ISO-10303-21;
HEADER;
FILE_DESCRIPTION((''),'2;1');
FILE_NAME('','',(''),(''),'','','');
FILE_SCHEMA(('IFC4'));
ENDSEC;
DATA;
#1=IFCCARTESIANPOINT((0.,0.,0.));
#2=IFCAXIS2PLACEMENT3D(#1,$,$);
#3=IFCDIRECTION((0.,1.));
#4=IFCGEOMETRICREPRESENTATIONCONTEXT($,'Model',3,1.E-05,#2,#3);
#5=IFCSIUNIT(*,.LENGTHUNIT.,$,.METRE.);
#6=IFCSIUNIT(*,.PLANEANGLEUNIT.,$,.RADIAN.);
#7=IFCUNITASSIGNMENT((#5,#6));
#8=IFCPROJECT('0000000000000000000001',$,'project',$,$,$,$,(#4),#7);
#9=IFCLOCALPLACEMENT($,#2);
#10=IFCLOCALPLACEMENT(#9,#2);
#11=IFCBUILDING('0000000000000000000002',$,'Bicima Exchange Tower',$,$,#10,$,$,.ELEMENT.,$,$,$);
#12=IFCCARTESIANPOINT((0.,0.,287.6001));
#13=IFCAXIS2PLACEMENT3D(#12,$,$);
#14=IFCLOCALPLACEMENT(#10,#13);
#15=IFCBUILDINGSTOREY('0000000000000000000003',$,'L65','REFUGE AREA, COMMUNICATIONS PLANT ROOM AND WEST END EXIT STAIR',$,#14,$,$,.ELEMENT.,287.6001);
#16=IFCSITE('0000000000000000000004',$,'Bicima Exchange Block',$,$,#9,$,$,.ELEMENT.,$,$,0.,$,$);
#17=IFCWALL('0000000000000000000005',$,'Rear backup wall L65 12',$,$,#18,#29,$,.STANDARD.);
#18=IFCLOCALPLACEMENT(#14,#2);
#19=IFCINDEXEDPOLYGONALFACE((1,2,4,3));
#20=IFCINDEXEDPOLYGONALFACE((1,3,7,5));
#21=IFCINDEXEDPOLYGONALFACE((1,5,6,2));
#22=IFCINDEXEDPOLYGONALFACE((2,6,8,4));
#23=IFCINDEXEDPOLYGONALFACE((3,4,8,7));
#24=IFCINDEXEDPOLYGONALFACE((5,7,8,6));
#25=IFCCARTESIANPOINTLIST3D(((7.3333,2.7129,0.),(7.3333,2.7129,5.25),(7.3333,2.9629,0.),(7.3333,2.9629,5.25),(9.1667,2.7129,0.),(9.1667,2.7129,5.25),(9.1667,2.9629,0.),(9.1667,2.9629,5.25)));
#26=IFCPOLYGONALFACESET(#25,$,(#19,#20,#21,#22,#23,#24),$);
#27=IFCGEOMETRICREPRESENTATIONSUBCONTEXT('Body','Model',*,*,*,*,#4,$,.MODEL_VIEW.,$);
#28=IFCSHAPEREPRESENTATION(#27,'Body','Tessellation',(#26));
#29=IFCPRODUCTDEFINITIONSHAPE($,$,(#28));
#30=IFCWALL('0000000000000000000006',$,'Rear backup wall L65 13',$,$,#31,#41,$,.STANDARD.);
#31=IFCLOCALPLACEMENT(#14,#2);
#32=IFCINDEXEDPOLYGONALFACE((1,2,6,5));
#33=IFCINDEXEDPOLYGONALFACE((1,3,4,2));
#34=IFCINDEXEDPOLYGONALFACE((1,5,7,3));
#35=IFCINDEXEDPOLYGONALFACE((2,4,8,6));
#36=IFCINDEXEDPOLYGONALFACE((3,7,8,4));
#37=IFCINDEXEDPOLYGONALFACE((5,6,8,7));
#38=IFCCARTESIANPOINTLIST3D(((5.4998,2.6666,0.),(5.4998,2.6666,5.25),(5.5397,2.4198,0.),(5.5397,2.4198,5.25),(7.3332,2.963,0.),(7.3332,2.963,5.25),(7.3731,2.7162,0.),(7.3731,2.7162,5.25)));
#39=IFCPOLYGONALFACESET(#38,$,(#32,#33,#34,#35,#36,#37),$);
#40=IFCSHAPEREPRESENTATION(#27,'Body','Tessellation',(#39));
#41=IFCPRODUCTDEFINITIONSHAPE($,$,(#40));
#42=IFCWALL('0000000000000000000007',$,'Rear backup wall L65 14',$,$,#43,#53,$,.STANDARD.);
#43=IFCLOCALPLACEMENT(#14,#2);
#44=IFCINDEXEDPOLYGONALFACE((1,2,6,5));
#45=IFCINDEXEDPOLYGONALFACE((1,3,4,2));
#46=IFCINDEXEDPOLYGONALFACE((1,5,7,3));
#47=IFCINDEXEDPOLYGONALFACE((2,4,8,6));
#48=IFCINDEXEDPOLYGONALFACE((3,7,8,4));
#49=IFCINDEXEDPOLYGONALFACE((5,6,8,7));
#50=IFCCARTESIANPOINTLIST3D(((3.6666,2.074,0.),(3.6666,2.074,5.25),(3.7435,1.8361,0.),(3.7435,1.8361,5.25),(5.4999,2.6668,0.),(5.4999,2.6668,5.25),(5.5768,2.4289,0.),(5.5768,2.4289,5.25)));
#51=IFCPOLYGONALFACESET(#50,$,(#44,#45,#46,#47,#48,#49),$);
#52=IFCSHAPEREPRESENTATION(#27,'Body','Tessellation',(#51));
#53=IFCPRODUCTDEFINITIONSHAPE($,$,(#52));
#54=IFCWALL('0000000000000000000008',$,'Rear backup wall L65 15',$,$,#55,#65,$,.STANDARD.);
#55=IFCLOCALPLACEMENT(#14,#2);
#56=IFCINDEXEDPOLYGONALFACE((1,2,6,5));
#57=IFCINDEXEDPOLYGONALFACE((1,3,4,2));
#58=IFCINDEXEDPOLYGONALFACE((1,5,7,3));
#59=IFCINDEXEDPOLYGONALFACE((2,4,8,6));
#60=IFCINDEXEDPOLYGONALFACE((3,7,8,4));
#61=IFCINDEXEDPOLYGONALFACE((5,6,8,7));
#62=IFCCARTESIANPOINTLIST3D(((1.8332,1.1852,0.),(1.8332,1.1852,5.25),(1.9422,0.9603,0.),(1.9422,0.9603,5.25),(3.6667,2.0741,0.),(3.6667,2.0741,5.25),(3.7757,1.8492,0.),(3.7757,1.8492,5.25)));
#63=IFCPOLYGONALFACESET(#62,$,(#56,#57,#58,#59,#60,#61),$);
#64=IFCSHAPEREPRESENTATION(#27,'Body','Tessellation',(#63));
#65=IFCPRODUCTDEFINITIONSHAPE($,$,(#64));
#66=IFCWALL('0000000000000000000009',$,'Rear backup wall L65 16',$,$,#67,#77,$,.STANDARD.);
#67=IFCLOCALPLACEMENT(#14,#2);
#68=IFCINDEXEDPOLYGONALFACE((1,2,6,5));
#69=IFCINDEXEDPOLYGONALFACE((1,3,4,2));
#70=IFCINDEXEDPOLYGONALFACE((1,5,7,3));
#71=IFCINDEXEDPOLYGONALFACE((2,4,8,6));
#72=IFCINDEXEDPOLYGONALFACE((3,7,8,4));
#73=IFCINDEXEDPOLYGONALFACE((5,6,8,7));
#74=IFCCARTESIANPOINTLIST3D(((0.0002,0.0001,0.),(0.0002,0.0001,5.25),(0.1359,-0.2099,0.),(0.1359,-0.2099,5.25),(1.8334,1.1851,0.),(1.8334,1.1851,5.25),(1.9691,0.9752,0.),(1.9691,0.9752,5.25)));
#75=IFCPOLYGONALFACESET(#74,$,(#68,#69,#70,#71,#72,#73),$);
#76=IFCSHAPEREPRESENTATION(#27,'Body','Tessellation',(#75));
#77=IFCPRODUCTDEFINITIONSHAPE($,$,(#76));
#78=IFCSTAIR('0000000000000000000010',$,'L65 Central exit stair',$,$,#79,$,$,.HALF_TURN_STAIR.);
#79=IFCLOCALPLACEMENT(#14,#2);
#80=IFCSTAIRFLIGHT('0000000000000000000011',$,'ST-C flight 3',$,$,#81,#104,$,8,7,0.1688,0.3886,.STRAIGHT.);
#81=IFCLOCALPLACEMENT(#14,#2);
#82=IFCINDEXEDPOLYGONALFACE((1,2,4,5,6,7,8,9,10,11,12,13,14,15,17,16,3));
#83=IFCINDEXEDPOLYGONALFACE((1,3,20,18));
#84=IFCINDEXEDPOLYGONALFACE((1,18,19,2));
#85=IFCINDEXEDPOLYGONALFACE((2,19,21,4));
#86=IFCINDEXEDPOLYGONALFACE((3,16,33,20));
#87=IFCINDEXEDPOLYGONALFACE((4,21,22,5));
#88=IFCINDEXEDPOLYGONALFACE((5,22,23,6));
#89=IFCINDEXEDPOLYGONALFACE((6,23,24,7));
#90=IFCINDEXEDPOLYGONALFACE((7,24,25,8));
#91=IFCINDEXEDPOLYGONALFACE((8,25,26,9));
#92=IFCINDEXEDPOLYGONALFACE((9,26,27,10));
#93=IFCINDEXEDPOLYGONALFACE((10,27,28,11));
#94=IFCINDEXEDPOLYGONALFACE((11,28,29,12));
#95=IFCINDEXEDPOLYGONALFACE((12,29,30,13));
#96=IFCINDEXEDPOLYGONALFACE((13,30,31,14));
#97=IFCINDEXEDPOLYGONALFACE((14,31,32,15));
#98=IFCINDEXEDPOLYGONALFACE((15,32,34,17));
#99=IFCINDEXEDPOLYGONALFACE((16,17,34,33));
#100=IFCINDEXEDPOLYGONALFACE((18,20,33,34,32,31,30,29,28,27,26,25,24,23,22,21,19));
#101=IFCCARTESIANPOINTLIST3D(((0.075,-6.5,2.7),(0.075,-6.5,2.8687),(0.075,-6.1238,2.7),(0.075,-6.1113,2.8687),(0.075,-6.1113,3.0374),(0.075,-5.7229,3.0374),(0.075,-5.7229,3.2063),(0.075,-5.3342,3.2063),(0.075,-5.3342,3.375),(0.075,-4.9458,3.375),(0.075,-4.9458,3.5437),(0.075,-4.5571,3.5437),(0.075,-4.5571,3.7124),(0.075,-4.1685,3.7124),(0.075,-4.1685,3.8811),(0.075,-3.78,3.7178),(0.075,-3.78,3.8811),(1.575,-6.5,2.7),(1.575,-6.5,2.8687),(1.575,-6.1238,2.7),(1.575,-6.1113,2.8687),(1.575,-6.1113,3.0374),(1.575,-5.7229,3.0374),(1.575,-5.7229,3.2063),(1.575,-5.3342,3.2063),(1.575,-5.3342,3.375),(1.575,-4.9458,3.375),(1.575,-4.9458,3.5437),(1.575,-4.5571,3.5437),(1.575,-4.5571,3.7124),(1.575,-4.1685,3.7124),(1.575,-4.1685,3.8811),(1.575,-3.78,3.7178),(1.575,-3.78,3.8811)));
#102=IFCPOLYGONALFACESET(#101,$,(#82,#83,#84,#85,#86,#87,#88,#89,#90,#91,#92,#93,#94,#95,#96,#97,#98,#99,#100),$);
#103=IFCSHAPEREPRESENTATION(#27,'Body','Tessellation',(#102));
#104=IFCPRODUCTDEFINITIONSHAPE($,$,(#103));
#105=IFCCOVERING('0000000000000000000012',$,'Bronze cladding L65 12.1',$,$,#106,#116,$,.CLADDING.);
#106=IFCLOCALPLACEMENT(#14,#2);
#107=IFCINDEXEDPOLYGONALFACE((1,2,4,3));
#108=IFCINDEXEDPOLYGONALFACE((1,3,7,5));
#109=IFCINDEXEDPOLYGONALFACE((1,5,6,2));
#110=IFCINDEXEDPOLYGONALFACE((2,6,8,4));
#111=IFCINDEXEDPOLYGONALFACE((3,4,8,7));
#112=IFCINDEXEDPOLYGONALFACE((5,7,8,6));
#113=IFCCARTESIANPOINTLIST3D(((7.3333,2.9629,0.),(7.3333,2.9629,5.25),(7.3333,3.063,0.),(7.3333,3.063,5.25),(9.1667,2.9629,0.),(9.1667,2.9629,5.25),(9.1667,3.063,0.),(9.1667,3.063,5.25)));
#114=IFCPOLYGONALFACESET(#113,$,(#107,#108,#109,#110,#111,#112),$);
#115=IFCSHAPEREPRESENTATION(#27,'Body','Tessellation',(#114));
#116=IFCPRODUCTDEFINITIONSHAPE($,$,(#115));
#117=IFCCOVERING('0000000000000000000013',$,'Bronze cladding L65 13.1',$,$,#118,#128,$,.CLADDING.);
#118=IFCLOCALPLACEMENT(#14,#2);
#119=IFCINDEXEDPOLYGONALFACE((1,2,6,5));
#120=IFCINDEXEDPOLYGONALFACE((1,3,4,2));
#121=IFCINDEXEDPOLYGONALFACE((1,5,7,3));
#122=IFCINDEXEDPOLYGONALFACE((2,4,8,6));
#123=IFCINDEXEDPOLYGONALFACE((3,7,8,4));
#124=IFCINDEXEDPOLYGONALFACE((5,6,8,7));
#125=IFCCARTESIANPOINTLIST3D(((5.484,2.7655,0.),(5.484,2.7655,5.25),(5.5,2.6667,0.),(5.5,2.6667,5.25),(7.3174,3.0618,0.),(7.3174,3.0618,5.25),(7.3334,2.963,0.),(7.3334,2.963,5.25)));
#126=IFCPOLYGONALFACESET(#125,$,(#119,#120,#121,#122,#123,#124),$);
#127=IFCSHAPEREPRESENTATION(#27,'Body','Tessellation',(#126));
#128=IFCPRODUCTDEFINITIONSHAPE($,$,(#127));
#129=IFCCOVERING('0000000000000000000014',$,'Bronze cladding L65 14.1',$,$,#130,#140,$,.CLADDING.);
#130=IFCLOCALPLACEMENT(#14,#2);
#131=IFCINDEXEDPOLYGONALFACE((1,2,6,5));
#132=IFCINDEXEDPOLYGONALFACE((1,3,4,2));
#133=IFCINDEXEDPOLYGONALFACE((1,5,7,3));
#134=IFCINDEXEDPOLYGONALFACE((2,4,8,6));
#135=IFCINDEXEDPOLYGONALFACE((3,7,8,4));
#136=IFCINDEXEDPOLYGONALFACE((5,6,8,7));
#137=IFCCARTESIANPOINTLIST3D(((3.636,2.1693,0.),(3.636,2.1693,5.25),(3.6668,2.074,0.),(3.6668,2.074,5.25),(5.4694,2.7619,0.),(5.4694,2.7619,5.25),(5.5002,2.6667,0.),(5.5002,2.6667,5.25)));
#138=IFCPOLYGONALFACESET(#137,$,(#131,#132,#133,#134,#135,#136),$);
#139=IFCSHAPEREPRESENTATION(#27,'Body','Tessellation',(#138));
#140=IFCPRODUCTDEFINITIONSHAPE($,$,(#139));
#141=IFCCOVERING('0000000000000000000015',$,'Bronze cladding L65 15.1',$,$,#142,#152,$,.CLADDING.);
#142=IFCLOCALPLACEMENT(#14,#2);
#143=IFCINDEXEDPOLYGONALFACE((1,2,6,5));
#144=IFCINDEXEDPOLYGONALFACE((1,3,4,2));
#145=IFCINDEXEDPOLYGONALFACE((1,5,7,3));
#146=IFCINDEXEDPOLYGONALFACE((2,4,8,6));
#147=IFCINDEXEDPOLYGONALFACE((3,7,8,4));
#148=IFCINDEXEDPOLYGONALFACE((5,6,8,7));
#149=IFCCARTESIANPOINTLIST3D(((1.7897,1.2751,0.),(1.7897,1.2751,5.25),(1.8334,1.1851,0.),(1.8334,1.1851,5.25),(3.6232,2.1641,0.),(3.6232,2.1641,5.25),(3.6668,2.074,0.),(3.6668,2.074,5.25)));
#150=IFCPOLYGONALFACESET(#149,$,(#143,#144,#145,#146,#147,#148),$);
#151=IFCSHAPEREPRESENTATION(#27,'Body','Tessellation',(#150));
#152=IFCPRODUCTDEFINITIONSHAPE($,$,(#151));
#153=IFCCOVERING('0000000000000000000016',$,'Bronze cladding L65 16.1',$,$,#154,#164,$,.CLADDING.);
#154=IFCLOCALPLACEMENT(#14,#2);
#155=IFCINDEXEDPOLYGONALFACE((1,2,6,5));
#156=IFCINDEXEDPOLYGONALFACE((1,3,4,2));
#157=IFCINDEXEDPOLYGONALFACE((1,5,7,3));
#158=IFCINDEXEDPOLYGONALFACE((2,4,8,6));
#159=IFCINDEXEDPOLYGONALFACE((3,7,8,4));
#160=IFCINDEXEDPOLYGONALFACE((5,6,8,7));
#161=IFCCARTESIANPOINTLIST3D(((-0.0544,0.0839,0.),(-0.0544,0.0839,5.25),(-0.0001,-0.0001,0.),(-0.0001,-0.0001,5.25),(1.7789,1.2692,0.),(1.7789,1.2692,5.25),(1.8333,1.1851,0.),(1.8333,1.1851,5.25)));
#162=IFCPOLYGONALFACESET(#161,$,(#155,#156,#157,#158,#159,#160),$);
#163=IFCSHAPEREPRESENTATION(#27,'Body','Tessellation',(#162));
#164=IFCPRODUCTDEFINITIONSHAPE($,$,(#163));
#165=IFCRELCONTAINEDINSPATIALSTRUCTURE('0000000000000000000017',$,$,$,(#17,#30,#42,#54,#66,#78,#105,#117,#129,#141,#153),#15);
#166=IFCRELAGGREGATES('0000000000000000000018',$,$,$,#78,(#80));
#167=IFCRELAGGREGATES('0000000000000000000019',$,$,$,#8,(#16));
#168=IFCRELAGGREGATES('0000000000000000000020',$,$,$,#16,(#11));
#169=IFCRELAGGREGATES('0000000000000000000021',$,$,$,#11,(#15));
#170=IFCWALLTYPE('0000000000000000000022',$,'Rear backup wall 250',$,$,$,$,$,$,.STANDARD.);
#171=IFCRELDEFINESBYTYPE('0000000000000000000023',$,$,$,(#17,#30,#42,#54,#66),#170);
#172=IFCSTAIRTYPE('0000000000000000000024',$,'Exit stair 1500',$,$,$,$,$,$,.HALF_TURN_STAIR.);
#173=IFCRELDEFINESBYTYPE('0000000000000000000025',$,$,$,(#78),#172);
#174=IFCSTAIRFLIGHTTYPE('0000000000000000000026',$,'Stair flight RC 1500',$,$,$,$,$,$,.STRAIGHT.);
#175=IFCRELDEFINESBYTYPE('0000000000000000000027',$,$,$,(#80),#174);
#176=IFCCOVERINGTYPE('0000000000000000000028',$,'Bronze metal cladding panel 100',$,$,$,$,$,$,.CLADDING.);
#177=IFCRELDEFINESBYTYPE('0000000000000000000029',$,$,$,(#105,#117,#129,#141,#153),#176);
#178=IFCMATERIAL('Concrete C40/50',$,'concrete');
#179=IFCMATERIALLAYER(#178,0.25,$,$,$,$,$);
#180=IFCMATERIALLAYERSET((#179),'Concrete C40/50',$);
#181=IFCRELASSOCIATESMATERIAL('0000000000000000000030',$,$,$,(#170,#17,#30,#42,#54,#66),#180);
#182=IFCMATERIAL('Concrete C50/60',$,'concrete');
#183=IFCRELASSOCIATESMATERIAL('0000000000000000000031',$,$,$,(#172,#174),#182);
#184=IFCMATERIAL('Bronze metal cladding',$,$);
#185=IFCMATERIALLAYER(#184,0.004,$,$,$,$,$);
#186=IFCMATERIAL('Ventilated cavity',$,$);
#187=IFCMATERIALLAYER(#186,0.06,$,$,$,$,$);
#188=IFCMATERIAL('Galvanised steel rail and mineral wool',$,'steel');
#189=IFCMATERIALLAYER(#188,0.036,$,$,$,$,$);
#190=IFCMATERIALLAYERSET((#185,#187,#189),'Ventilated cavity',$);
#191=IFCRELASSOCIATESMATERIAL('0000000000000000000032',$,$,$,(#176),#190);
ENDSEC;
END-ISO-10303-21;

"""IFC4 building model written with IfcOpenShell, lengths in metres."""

from ifc_helpers import new_model, si_unit, direction, frame, frame_2d, origin, origin_2d, place, context, subcontext, project, spatial, polyline, rectangle, outline, extrude, material, layer, layer_set, layer_usage, type_object, element, aggregate, save


model = new_model("IFC4")

# Units and contexts
model_context = context("Model", 3, precision=1e-05, world=origin(), true_north=direction((0.0, 1.0)))
body_context = subcontext(model_context, "Body", "Model", "MODEL_VIEW")
ifc_project = project(units=[si_unit("LENGTHUNIT", "METRE"), si_unit("PLANEANGLEUNIT", "RADIAN")], contexts=[model_context])

# Site, building, storey
site_placement = place(None, origin())
site = spatial("IfcSite", under=ifc_project, at=site_placement, Name="Bicima Exchange Block", CompositionType="ELEMENT", RefElevation=0.0)
building_placement = place(site_placement, origin())
building = spatial("IfcBuilding", under=site, at=building_placement, Name="Bicima Exchange Tower", CompositionType="ELEMENT")
storey_placement = place(building_placement, frame((0.0, 0.0, 287.6001)))
storey = spatial("IfcBuildingStorey", under=building, at=storey_placement, Name="L65", Description="REFUGE AREA, COMMUNICATIONS PLANT ROOM AND WEST END EXIT STAIR", CompositionType="ELEMENT", Elevation=287.6001)

# Shared definitions
ifc_material_1 = material(Name="Concrete C40/50", Category="concrete")

# Walls
ifc_material_2 = material(Name="Concrete C50/60", Category="concrete")
ifc_layer_1 = layer(ifc_material_1, 0.25)
ifc_layer_set_1 = layer_set([ifc_layer_1], Name="Concrete C40/50")
ifc_layer_usage = layer_usage(ifc_layer_set_1, "AXIS2", "POSITIVE", -0.125)
wall_type_1 = type_object("IfcWallType", Name="Rear backup wall 250", PredefinedType="STANDARD", material=ifc_layer_set_1)
wall_1_placement = place(storey_placement, frame((9.1667, 2.8379, 0.0), z_axis=(0.0, 0.0, 1.0), x_axis=(-1.0, 0.0, 0.0)))
element("IfcWall", 1, at=wall_1_placement, inside=storey, type_object=wall_type_1, material=ifc_layer_usage, Name="Rear backup wall L65 12", PredefinedType="STANDARD", context=body_context, shape_type="SweptSolid", body=[
    extrude(rectangle(XDim=1.8335, YDim=0.25, at=frame_2d((0.9167, 0.0))), origin(), (0.0, 0.0, 1.0), 5.25),
])
wall_2_placement = place(storey_placement, frame((7.3533, 2.8396, 0.0), z_axis=(0.0, 0.0, 1.0), x_axis=(-0.987182, -0.1596, 0.0)))
element("IfcWall", 2, at=wall_2_placement, inside=storey, type_object=wall_type_1, material=ifc_layer_usage, Name="Rear backup wall L65 13", PredefinedType="STANDARD", context=body_context, shape_type="SweptSolid", body=[
    extrude(rectangle(XDim=1.8572, YDim=0.25, at=frame_2d((0.9287, 0.0))), origin(), (0.0, 0.0, 1.0), 5.25),
])
wall_3_placement = place(storey_placement, frame((5.5383, 2.5479, 0.0), z_axis=(0.0, 0.0, 1.0), x_axis=(-0.951496, -0.307662, 0.0)))
element("IfcWall", 3, at=wall_3_placement, inside=storey, type_object=wall_type_1, material=ifc_layer_usage, Name="Rear backup wall L65 14", PredefinedType="STANDARD", context=body_context, shape_type="SweptSolid", body=[
    extrude(rectangle(XDim=1.9268, YDim=0.25, at=frame_2d((0.9634, 0.0))), origin(), (0.0, 0.0, 1.0), 5.25),
])
wall_4_placement = place(storey_placement, frame((3.7212, 1.9617, 0.0), z_axis=(0.0, 0.0, 1.0), x_axis=(-0.899824, -0.436253, 0.0)))
element("IfcWall", 4, at=wall_4_placement, inside=storey, type_object=wall_type_1, material=ifc_layer_usage, Name="Rear backup wall L65 15", PredefinedType="STANDARD", context=body_context, shape_type="SweptSolid", body=[
    extrude(rectangle(XDim=2.0376, YDim=0.25, at=frame_2d((1.0188, 0.0))), origin(), (0.0, 0.0, 1.0), 5.25),
])
wall_5_placement = place(storey_placement, frame((1.9011, 1.0801, 0.0), z_axis=(0.0, 0.0, 1.0), x_axis=(-0.839813, -0.542876, 0.0)))
element("IfcWall", 5, at=wall_5_placement, inside=storey, type_object=wall_type_1, material=ifc_layer_usage, Name="Rear backup wall L65 16", PredefinedType="STANDARD", context=body_context, shape_type="SweptSolid", body=[
    extrude(rectangle(XDim=2.1829, YDim=0.25, at=frame_2d((1.0913, 0.0))), origin(), (0.0, 0.0, 1.0), 5.25),
])

# Stair, stair flight
stair_type = type_object("IfcStairType", Name="Exit stair 1500", PredefinedType="HALF_TURN_STAIR", material=ifc_material_2)
stair_placement = place(storey_placement, origin())
stair = element("IfcStair", 6, at=stair_placement, inside=storey, type_object=stair_type, Name="L65 Central exit stair", PredefinedType="HALF_TURN_STAIR")
stair_flight_type = type_object("IfcStairFlightType", Name="Stair flight RC 1500", PredefinedType="STRAIGHT", material=ifc_material_2)
stair_flight_placement = place(storey_placement, frame((0.825, -6.5, 2.7), z_axis=(0.0, 0.0, 1.0), x_axis=(0.0, 1.0, 0.0)))
stair_flight = element("IfcStairFlight", 7, at=stair_flight_placement, type_object=stair_flight_type, Name="ST-C flight 3", NumberOfRisers=8, NumberOfTreads=7, PredefinedType="STRAIGHT", RiserHeight=0.1688, TreadLength=0.3886, context=body_context, shape_type="SweptSolid", body=[
    extrude(outline(polyline([(0.0, 0.0), (0.0, 0.1687), (0.3887, 0.1687), (0.3887, 0.3374), (0.7771, 0.3374), (0.7771, 0.5063), (1.1658, 0.5063), (1.1658, 0.675), (1.5542, 0.675), (1.5542, 0.8438), (1.9429, 0.8438), (1.9429, 1.0125), (2.3315, 1.0125), (2.3315, 1.1812), (2.72, 1.1812), (2.72, 1.3501), (2.72, 1.0178), (0.3762, 0.0), (0.0, 0.0)])), frame((0.0, 0.75, 0.0), z_axis=(0.0, -1.0, 0.0), x_axis=(1.0, 0.0, 0.0)), (0.0, 0.0, 1.0), 1.5),
])
aggregate(stair, [stair_flight])

# Coverings
ifc_material_3 = material(Name="Bronze metal cladding")
ifc_layer_2 = layer(ifc_material_3, 0.004)
ifc_material_4 = material(Name="Ventilated cavity")
ifc_layer_3 = layer(ifc_material_4, 0.06)
ifc_material_5 = material(Name="Galvanised steel rail and mineral wool", Category="steel")
ifc_layer_4 = layer(ifc_material_5, 0.036)
ifc_layer_set_2 = layer_set([ifc_layer_2, ifc_layer_3, ifc_layer_4], Name="Ventilated cavity")
covering_type = type_object("IfcCoveringType", Name="Bronze metal cladding panel 100", PredefinedType="CLADDING", material=ifc_layer_set_2)
covering_1_placement = place(storey_placement, frame((8.25, 3.0129, 0.0), z_axis=(0.0, 0.0, 1.0), x_axis=(-1.0, 0.0, 0.0)))
element("IfcCovering", 8, at=covering_1_placement, inside=storey, type_object=covering_type, Name="Bronze cladding L65 12.1", PredefinedType="CLADDING", context=body_context, shape_type="SweptSolid", body=[
    extrude(rectangle(XDim=1.8335, YDim=0.1001, at=origin_2d()), origin(), (0.0, 0.0, 1.0), 5.25),
])
covering_2_placement = place(storey_placement, frame((6.4087, 2.8643, 0.0), z_axis=(0.0, 0.0, 1.0), x_axis=(-0.98719, -0.15955, 0.0)))
element("IfcCovering", 9, at=covering_2_placement, inside=storey, type_object=covering_type, Name="Bronze cladding L65 13.1", PredefinedType="CLADDING", context=body_context, shape_type="SweptSolid", body=[
    extrude(rectangle(XDim=1.8572, YDim=0.1001, at=origin_2d()), origin(), (0.0, 0.0, 1.0), 5.25),
])
covering_3_placement = place(storey_placement, frame((4.5681, 2.418, 0.0), z_axis=(0.0, 0.0, 1.0), x_axis=(-0.951525, -0.307573, 0.0)))
element("IfcCovering", 10, at=covering_3_placement, inside=storey, type_object=covering_type, Name="Bronze cladding L65 14.1", PredefinedType="CLADDING", context=body_context, shape_type="SweptSolid", body=[
    extrude(rectangle(XDim=1.9268, YDim=0.1001, at=origin_2d()), origin(), (0.0, 0.0, 1.0), 5.25),
])
covering_4_placement = place(storey_placement, frame((2.7283, 1.6746, 0.0), z_axis=(0.0, 0.0, 1.0), x_axis=(-0.899818, -0.436265, 0.0)))
element("IfcCovering", 11, at=covering_4_placement, inside=storey, type_object=covering_type, Name="Bronze cladding L65 15.1", PredefinedType="CLADDING", context=body_context, shape_type="SweptSolid", body=[
    extrude(rectangle(XDim=2.0376, YDim=0.1001, at=origin_2d()), origin(), (0.0, 0.0, 1.0), 5.25),
])
covering_5_placement = place(storey_placement, frame((0.8894, 0.6345, 0.0), z_axis=(0.0, 0.0, 1.0), x_axis=(-0.83979, -0.542911, 0.0)))
element("IfcCovering", 12, at=covering_5_placement, inside=storey, type_object=covering_type, Name="Bronze cladding L65 16.1", PredefinedType="CLADDING", context=body_context, shape_type="SweptSolid", body=[
    extrude(rectangle(XDim=2.1831, YDim=0.1001, at=origin_2d()), origin(), (0.0, 0.0, 1.0), 5.25),
])

save(model, "model.ifc")
